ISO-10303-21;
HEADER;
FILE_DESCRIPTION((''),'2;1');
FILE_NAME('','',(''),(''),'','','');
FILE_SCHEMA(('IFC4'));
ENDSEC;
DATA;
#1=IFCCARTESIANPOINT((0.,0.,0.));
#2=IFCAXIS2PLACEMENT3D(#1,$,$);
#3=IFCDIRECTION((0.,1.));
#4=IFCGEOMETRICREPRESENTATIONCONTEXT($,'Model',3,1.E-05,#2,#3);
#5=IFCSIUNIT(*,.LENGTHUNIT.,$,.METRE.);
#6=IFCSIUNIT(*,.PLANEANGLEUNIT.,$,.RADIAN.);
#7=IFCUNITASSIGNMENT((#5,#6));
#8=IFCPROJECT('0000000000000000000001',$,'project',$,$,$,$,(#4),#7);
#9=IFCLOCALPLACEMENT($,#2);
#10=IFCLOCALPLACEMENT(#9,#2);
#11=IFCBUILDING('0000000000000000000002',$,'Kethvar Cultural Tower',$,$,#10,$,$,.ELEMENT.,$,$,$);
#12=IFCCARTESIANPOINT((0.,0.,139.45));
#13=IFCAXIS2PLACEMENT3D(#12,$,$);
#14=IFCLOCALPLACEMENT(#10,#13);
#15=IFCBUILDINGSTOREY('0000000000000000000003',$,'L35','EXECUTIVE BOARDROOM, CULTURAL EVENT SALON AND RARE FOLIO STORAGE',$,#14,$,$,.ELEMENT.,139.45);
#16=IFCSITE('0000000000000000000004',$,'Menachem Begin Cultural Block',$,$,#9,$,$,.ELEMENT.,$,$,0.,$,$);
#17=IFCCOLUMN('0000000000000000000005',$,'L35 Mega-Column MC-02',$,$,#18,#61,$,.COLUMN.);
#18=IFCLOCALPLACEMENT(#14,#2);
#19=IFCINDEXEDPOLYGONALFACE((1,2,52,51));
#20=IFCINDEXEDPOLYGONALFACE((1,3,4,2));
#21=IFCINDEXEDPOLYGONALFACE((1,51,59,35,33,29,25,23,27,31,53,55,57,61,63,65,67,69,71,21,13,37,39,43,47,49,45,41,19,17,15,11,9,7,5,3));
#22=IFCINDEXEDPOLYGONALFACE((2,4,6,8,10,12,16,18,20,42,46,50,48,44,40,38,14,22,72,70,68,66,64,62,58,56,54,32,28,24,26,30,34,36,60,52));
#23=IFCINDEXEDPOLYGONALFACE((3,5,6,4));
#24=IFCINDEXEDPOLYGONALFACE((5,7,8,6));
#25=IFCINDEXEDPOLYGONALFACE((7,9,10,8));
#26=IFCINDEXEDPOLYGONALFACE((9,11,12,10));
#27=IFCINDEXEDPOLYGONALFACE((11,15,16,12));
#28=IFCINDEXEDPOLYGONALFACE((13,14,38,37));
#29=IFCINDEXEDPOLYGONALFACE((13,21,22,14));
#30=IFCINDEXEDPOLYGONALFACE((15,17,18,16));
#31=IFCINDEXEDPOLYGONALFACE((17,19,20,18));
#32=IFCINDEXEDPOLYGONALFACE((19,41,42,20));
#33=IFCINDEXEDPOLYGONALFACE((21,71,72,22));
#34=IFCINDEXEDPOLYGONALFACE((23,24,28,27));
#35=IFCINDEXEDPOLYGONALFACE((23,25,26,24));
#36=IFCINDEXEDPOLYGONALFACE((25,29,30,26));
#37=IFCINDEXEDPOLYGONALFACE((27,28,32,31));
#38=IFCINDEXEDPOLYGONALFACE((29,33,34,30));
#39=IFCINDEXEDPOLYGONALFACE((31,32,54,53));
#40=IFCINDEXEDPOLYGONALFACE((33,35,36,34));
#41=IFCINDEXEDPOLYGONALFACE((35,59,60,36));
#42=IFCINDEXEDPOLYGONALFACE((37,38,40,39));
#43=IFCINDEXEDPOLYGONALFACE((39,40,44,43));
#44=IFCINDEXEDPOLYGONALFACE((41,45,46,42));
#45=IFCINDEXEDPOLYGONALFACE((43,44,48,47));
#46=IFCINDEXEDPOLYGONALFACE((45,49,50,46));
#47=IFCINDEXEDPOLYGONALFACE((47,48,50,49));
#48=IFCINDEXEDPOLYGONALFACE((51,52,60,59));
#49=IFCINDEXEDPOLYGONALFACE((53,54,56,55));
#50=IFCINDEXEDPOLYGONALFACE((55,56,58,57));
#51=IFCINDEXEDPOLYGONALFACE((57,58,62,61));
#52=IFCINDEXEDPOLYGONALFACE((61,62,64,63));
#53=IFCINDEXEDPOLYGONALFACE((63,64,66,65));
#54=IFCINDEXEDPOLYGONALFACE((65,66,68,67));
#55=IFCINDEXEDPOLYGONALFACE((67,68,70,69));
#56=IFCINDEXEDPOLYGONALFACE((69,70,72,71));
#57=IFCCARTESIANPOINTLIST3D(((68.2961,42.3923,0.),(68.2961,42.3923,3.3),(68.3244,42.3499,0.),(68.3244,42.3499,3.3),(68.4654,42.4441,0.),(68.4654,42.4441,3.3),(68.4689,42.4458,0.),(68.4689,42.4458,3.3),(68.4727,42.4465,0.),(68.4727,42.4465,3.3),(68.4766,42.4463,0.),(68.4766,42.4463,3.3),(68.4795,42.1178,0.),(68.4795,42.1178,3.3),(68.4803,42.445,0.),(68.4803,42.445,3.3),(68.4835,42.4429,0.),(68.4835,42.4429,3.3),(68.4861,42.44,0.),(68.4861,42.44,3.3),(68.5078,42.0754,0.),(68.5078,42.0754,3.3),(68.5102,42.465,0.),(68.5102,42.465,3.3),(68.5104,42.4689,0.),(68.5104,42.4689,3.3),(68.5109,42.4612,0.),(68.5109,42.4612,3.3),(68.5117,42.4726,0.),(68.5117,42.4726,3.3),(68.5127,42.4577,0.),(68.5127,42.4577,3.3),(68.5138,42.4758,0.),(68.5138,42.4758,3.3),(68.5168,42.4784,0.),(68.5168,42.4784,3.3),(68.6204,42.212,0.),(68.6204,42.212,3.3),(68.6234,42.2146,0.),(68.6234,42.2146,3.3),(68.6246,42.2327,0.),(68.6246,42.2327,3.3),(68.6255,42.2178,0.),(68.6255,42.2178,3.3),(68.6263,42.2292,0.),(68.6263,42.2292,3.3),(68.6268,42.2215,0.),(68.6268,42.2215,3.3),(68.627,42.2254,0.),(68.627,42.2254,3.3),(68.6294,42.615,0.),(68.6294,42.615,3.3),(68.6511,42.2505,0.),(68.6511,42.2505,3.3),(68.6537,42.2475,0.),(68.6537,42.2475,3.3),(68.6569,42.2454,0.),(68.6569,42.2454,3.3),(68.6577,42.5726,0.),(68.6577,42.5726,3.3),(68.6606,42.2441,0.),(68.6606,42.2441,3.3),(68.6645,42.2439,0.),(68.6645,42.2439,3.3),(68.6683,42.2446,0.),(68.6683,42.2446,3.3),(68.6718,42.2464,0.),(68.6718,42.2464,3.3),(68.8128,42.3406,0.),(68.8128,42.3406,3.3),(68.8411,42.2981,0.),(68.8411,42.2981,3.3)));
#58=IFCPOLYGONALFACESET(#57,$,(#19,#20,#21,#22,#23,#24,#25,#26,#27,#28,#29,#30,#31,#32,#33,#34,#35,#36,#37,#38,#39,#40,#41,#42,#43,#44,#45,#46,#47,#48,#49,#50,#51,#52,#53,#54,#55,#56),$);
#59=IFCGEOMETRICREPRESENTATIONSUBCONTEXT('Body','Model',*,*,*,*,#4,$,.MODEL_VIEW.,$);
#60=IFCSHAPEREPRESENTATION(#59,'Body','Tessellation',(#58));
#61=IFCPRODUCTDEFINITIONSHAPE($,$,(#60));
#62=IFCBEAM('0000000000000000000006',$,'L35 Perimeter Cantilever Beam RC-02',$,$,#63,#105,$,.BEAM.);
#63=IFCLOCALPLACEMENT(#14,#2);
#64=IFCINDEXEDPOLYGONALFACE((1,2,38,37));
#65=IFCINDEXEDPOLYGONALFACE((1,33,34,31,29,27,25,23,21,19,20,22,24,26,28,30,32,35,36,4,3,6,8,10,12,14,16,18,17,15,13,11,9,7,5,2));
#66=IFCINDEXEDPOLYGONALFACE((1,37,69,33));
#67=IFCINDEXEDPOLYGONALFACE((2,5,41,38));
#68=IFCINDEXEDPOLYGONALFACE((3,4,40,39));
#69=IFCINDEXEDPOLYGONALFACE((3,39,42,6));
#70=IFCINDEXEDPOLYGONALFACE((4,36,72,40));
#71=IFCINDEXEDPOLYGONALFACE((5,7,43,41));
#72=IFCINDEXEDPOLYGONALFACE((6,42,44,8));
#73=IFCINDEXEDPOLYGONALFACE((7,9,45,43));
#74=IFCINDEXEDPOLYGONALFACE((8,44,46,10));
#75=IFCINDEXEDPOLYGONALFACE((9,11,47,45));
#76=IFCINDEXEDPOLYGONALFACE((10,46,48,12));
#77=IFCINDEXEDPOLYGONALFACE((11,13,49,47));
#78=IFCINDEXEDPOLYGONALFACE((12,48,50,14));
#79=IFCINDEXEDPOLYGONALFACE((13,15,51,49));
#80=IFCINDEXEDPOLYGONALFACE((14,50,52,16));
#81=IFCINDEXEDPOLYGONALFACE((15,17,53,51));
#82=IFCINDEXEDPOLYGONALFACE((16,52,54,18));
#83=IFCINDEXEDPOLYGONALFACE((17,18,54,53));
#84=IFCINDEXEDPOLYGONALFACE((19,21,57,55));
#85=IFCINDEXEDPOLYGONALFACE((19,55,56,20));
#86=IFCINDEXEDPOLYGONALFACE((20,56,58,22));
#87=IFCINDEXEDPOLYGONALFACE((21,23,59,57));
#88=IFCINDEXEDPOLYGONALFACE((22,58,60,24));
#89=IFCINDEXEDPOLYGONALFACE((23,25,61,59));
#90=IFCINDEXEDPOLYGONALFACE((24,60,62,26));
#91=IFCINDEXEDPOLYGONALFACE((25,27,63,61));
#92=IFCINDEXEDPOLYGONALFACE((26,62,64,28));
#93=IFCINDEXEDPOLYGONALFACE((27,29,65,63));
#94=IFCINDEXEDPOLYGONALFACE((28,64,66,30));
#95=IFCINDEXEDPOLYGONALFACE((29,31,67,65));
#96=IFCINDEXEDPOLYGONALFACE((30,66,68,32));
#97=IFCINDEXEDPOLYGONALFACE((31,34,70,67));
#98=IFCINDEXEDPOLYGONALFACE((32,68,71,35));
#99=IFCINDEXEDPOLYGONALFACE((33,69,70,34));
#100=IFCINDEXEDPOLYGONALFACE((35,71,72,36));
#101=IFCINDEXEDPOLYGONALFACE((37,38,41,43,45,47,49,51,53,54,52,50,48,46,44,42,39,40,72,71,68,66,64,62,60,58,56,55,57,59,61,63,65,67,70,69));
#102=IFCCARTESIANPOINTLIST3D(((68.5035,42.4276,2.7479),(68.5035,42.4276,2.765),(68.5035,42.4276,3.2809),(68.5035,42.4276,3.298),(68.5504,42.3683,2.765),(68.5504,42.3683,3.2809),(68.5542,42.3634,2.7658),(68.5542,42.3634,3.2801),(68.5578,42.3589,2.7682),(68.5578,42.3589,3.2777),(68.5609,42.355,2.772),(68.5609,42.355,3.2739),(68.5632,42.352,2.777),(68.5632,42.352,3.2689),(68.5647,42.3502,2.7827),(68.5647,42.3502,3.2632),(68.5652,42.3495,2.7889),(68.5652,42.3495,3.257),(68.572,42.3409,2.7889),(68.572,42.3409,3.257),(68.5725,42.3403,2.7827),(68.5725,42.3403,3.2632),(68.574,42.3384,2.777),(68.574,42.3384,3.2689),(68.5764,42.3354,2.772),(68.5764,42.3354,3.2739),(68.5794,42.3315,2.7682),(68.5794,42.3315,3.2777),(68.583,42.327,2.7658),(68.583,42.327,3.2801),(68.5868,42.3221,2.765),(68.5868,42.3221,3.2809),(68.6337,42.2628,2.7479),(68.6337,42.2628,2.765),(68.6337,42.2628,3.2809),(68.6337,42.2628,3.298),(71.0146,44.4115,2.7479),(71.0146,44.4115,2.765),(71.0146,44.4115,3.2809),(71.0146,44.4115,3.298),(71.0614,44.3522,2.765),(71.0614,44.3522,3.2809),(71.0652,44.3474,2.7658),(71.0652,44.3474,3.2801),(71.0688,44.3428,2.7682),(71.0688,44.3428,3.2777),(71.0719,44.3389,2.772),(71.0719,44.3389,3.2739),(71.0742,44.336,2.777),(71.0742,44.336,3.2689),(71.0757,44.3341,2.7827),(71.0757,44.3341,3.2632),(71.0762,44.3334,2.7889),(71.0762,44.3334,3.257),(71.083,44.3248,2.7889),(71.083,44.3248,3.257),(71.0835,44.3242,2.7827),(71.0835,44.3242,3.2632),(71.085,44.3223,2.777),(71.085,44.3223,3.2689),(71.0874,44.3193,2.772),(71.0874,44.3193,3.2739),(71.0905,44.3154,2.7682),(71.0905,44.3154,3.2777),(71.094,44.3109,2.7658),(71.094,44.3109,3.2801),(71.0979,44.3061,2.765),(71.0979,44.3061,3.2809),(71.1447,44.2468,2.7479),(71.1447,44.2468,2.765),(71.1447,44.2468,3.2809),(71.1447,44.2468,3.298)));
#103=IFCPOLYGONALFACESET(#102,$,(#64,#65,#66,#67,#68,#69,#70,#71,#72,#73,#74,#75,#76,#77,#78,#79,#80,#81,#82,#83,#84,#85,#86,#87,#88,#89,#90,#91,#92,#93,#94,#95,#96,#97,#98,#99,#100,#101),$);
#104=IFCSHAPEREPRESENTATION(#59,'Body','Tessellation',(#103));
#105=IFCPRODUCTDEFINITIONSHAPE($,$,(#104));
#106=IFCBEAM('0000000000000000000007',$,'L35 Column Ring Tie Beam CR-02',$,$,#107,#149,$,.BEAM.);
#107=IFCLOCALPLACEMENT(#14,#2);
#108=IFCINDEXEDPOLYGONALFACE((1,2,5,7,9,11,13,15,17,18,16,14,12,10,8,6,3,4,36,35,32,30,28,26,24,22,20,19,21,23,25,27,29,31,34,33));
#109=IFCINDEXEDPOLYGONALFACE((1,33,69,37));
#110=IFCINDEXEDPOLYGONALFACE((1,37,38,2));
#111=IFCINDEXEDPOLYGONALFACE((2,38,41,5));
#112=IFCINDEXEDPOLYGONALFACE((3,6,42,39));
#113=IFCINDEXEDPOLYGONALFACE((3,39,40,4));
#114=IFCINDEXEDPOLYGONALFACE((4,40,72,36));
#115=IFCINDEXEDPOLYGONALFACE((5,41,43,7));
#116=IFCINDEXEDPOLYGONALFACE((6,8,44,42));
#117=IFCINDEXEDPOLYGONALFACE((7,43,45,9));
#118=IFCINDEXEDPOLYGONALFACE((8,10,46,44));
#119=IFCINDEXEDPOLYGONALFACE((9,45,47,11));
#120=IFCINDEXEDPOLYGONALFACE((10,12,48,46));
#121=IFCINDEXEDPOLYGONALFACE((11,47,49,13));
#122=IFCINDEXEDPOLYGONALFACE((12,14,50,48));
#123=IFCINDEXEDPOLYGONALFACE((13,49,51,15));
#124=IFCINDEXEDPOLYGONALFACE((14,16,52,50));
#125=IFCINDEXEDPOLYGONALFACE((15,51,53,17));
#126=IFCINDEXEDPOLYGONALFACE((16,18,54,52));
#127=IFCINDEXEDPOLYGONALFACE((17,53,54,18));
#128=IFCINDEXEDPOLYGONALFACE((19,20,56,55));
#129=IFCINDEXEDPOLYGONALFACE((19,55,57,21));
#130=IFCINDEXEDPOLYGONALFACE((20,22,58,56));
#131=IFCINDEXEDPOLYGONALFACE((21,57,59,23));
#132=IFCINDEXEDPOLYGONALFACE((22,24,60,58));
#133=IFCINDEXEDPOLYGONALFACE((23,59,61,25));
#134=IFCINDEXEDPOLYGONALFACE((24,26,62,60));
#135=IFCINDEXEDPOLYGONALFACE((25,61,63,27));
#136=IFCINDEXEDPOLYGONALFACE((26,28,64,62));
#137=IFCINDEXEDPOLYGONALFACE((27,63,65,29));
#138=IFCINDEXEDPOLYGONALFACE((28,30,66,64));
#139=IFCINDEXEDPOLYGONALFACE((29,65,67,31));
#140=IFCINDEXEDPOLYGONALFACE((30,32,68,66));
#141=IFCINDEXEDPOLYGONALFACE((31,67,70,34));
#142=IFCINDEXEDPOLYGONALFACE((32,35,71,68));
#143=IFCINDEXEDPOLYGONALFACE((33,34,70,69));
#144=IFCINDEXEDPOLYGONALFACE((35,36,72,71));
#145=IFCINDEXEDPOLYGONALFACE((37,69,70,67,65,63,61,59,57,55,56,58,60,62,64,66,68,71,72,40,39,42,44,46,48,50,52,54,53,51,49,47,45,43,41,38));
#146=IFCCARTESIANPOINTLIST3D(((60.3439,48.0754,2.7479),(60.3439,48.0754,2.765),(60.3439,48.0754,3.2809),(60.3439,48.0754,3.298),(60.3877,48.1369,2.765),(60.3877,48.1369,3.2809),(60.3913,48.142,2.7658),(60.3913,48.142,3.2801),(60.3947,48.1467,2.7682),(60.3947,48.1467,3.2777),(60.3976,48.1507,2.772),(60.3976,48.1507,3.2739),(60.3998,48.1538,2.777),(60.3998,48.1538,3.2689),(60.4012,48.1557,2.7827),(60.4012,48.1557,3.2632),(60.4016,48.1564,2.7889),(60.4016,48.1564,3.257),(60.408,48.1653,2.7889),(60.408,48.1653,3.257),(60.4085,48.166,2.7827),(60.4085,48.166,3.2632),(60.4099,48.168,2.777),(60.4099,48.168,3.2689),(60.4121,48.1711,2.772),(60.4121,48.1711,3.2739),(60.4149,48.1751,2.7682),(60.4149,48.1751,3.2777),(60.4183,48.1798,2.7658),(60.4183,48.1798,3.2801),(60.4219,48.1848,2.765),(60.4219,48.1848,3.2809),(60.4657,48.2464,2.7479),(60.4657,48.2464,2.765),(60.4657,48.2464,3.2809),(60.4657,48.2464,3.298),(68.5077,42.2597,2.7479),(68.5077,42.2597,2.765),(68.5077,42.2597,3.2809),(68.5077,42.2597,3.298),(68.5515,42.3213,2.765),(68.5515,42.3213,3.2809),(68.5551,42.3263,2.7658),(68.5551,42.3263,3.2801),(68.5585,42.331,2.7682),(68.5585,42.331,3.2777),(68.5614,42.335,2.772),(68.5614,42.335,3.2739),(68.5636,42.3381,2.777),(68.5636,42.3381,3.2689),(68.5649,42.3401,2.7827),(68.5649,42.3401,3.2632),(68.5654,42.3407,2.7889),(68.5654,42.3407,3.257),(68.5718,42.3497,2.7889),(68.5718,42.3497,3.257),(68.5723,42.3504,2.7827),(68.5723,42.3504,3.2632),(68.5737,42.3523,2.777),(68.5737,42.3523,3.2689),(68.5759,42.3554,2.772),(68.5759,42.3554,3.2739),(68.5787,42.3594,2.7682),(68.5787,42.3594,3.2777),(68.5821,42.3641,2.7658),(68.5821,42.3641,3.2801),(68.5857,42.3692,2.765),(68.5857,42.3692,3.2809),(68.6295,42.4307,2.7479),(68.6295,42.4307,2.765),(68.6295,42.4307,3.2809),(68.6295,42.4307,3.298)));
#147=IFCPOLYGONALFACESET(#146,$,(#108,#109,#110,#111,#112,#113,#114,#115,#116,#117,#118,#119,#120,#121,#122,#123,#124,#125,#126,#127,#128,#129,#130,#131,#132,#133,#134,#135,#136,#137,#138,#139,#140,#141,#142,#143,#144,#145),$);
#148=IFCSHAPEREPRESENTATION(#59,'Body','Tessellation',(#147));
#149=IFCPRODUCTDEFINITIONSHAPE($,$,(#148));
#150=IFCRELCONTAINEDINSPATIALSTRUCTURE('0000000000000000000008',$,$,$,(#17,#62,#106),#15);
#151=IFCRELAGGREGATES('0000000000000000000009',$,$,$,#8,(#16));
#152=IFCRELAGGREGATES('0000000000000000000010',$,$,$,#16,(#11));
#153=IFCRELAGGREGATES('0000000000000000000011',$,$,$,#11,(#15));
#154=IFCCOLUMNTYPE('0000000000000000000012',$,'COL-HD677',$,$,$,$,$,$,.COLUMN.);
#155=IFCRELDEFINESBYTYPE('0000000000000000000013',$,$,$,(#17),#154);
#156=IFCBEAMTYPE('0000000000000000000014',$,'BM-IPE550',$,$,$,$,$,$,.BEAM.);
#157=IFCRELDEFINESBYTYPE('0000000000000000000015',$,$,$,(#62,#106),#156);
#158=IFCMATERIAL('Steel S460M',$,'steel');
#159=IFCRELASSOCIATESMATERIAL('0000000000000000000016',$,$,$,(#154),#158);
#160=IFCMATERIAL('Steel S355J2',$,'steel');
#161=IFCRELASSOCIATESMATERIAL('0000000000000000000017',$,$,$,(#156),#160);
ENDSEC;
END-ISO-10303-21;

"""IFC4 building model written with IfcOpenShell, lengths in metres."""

from ifc_helpers import new_model, si_unit, direction, frame, origin, origin_2d, place, context, subcontext, project, spatial, i_section, extrude, source, transform, mapped, material, material_profile, profile_set, type_object, element, save


model = new_model("IFC4")

# Units and contexts
model_context = context("Model", 3, precision=1e-05, world=origin(), true_north=direction((0.0, 1.0)))
body_context = subcontext(model_context, "Body", "Model", "MODEL_VIEW")
ifc_project = project(units=[si_unit("LENGTHUNIT", "METRE"), si_unit("PLANEANGLEUNIT", "RADIAN")], contexts=[model_context])

# Site, building, storey
site_placement = place(None, origin())
site = spatial("IfcSite", under=ifc_project, at=site_placement, Name="Menachem Begin Cultural Block", CompositionType="ELEMENT", RefElevation=0.0)
building_placement = place(site_placement, origin())
building = spatial("IfcBuilding", under=site, at=building_placement, Name="Kethvar Cultural Tower", CompositionType="ELEMENT")
storey_placement = place(building_placement, frame((0.0, 0.0, 139.45)))
storey = spatial("IfcBuildingStorey", under=building, at=storey_placement, Name="L35", Description="EXECUTIVE BOARDROOM, CULTURAL EVENT SALON AND RARE FOLIO STORAGE", CompositionType="ELEMENT", Elevation=139.45)

# Column
ifc_material_1 = material(Name="Steel S460M", Category="steel")
ifc_material_profile_1 = material_profile(ifc_material_1, i_section(OverallWidth=0.4009, OverallDepth=0.3811, WebThickness=0.032, FlangeThickness=0.051, FilletRadius=0.0149, at=origin_2d()), Name="Steel S460M — HD400x677")
ifc_profile_set_1 = profile_set([ifc_material_profile_1], Name="Steel S460M — HD400x677")
column_type = type_object("IfcColumnType", Name="COL-HD677", PredefinedType="COLUMN", material=ifc_profile_set_1)
shared_shape_1 = source(origin(), body_context, "Body", "SweptSolid", [
    extrude(i_section(OverallWidth=0.4009, OverallDepth=0.3811, WebThickness=0.032, FlangeThickness=0.051, FilletRadius=0.0149, at=origin_2d()), origin(), (0.0, 0.0, 1.0), 3.3),
])
column_placement = place(storey_placement, frame((68.5686, 42.3452, 0.0), z_axis=(0.0, 0.0, 1.0), x_axis=(0.83147, 0.55557, 0.0)))
element("IfcColumn", 1, at=column_placement, inside=storey, type_object=column_type, Name="L35 Mega-Column MC-02", PredefinedType="COLUMN", context=body_context, shape_type="MappedRepresentation", body=[
    mapped(shared_shape_1, transform((0.0, 0.0, 0.0), scale=1.0)),
])

# Beams
ifc_material_2 = material(Name="Steel S355J2", Category="steel")
ifc_material_profile_2 = material_profile(ifc_material_2, i_section(OverallWidth=0.21, OverallDepth=0.55, WebThickness=0.011, FlangeThickness=0.0171, FilletRadius=0.0239, at=origin_2d()), Name="Steel S355J2 — IPE550")
ifc_profile_set_2 = profile_set([ifc_material_profile_2], Name="Steel S355J2 — IPE550")
beam_type_1 = type_object("IfcBeamType", Name="BM-IPE550", PredefinedType="BEAM", material=ifc_profile_set_2)
shared_shape_2 = source(origin(), body_context, "Body", "SweptSolid", [
    extrude(i_section(OverallWidth=0.21, OverallDepth=0.55, WebThickness=0.011, FlangeThickness=0.0171, FilletRadius=0.0239, at=origin_2d()), origin(), (0.0, 0.0, 1.0), 3.2002),
])
beam_1_placement = place(storey_placement, frame((68.5686, 42.3452, 3.0229), z_axis=(0.78465, 0.619939, 0.0), x_axis=(-0.619939, 0.78465, 0.0)))
element("IfcBeam", 2, at=beam_1_placement, inside=storey, type_object=beam_type_1, Name="L35 Perimeter Cantilever Beam RC-02", PredefinedType="BEAM", context=body_context, shape_type="MappedRepresentation", body=[
    mapped(shared_shape_2, transform((0.0, 0.0, 0.0), scale=1.0)),
])
shared_shape_3 = source(origin(), body_context, "Body", "SweptSolid", [
    extrude(i_section(OverallWidth=0.21, OverallDepth=0.55, WebThickness=0.011, FlangeThickness=0.0171, FilletRadius=0.0239, at=origin_2d()), origin(), (0.0, 0.0, 1.0), 10.0234),
])
beam_2_placement = place(storey_placement, frame((68.5686, 42.3452, 3.0229), z_axis=(-0.81447, 0.580206, 0.0), x_axis=(-0.580206, -0.81447, 0.0)))
element("IfcBeam", 3, at=beam_2_placement, inside=storey, type_object=beam_type_1, Name="L35 Column Ring Tie Beam CR-02", PredefinedType="BEAM", context=body_context, shape_type="MappedRepresentation", body=[
    mapped(shared_shape_3, transform((0.0, 0.0, 0.0), scale=1.0)),
])

save(model, "model.ifc")
